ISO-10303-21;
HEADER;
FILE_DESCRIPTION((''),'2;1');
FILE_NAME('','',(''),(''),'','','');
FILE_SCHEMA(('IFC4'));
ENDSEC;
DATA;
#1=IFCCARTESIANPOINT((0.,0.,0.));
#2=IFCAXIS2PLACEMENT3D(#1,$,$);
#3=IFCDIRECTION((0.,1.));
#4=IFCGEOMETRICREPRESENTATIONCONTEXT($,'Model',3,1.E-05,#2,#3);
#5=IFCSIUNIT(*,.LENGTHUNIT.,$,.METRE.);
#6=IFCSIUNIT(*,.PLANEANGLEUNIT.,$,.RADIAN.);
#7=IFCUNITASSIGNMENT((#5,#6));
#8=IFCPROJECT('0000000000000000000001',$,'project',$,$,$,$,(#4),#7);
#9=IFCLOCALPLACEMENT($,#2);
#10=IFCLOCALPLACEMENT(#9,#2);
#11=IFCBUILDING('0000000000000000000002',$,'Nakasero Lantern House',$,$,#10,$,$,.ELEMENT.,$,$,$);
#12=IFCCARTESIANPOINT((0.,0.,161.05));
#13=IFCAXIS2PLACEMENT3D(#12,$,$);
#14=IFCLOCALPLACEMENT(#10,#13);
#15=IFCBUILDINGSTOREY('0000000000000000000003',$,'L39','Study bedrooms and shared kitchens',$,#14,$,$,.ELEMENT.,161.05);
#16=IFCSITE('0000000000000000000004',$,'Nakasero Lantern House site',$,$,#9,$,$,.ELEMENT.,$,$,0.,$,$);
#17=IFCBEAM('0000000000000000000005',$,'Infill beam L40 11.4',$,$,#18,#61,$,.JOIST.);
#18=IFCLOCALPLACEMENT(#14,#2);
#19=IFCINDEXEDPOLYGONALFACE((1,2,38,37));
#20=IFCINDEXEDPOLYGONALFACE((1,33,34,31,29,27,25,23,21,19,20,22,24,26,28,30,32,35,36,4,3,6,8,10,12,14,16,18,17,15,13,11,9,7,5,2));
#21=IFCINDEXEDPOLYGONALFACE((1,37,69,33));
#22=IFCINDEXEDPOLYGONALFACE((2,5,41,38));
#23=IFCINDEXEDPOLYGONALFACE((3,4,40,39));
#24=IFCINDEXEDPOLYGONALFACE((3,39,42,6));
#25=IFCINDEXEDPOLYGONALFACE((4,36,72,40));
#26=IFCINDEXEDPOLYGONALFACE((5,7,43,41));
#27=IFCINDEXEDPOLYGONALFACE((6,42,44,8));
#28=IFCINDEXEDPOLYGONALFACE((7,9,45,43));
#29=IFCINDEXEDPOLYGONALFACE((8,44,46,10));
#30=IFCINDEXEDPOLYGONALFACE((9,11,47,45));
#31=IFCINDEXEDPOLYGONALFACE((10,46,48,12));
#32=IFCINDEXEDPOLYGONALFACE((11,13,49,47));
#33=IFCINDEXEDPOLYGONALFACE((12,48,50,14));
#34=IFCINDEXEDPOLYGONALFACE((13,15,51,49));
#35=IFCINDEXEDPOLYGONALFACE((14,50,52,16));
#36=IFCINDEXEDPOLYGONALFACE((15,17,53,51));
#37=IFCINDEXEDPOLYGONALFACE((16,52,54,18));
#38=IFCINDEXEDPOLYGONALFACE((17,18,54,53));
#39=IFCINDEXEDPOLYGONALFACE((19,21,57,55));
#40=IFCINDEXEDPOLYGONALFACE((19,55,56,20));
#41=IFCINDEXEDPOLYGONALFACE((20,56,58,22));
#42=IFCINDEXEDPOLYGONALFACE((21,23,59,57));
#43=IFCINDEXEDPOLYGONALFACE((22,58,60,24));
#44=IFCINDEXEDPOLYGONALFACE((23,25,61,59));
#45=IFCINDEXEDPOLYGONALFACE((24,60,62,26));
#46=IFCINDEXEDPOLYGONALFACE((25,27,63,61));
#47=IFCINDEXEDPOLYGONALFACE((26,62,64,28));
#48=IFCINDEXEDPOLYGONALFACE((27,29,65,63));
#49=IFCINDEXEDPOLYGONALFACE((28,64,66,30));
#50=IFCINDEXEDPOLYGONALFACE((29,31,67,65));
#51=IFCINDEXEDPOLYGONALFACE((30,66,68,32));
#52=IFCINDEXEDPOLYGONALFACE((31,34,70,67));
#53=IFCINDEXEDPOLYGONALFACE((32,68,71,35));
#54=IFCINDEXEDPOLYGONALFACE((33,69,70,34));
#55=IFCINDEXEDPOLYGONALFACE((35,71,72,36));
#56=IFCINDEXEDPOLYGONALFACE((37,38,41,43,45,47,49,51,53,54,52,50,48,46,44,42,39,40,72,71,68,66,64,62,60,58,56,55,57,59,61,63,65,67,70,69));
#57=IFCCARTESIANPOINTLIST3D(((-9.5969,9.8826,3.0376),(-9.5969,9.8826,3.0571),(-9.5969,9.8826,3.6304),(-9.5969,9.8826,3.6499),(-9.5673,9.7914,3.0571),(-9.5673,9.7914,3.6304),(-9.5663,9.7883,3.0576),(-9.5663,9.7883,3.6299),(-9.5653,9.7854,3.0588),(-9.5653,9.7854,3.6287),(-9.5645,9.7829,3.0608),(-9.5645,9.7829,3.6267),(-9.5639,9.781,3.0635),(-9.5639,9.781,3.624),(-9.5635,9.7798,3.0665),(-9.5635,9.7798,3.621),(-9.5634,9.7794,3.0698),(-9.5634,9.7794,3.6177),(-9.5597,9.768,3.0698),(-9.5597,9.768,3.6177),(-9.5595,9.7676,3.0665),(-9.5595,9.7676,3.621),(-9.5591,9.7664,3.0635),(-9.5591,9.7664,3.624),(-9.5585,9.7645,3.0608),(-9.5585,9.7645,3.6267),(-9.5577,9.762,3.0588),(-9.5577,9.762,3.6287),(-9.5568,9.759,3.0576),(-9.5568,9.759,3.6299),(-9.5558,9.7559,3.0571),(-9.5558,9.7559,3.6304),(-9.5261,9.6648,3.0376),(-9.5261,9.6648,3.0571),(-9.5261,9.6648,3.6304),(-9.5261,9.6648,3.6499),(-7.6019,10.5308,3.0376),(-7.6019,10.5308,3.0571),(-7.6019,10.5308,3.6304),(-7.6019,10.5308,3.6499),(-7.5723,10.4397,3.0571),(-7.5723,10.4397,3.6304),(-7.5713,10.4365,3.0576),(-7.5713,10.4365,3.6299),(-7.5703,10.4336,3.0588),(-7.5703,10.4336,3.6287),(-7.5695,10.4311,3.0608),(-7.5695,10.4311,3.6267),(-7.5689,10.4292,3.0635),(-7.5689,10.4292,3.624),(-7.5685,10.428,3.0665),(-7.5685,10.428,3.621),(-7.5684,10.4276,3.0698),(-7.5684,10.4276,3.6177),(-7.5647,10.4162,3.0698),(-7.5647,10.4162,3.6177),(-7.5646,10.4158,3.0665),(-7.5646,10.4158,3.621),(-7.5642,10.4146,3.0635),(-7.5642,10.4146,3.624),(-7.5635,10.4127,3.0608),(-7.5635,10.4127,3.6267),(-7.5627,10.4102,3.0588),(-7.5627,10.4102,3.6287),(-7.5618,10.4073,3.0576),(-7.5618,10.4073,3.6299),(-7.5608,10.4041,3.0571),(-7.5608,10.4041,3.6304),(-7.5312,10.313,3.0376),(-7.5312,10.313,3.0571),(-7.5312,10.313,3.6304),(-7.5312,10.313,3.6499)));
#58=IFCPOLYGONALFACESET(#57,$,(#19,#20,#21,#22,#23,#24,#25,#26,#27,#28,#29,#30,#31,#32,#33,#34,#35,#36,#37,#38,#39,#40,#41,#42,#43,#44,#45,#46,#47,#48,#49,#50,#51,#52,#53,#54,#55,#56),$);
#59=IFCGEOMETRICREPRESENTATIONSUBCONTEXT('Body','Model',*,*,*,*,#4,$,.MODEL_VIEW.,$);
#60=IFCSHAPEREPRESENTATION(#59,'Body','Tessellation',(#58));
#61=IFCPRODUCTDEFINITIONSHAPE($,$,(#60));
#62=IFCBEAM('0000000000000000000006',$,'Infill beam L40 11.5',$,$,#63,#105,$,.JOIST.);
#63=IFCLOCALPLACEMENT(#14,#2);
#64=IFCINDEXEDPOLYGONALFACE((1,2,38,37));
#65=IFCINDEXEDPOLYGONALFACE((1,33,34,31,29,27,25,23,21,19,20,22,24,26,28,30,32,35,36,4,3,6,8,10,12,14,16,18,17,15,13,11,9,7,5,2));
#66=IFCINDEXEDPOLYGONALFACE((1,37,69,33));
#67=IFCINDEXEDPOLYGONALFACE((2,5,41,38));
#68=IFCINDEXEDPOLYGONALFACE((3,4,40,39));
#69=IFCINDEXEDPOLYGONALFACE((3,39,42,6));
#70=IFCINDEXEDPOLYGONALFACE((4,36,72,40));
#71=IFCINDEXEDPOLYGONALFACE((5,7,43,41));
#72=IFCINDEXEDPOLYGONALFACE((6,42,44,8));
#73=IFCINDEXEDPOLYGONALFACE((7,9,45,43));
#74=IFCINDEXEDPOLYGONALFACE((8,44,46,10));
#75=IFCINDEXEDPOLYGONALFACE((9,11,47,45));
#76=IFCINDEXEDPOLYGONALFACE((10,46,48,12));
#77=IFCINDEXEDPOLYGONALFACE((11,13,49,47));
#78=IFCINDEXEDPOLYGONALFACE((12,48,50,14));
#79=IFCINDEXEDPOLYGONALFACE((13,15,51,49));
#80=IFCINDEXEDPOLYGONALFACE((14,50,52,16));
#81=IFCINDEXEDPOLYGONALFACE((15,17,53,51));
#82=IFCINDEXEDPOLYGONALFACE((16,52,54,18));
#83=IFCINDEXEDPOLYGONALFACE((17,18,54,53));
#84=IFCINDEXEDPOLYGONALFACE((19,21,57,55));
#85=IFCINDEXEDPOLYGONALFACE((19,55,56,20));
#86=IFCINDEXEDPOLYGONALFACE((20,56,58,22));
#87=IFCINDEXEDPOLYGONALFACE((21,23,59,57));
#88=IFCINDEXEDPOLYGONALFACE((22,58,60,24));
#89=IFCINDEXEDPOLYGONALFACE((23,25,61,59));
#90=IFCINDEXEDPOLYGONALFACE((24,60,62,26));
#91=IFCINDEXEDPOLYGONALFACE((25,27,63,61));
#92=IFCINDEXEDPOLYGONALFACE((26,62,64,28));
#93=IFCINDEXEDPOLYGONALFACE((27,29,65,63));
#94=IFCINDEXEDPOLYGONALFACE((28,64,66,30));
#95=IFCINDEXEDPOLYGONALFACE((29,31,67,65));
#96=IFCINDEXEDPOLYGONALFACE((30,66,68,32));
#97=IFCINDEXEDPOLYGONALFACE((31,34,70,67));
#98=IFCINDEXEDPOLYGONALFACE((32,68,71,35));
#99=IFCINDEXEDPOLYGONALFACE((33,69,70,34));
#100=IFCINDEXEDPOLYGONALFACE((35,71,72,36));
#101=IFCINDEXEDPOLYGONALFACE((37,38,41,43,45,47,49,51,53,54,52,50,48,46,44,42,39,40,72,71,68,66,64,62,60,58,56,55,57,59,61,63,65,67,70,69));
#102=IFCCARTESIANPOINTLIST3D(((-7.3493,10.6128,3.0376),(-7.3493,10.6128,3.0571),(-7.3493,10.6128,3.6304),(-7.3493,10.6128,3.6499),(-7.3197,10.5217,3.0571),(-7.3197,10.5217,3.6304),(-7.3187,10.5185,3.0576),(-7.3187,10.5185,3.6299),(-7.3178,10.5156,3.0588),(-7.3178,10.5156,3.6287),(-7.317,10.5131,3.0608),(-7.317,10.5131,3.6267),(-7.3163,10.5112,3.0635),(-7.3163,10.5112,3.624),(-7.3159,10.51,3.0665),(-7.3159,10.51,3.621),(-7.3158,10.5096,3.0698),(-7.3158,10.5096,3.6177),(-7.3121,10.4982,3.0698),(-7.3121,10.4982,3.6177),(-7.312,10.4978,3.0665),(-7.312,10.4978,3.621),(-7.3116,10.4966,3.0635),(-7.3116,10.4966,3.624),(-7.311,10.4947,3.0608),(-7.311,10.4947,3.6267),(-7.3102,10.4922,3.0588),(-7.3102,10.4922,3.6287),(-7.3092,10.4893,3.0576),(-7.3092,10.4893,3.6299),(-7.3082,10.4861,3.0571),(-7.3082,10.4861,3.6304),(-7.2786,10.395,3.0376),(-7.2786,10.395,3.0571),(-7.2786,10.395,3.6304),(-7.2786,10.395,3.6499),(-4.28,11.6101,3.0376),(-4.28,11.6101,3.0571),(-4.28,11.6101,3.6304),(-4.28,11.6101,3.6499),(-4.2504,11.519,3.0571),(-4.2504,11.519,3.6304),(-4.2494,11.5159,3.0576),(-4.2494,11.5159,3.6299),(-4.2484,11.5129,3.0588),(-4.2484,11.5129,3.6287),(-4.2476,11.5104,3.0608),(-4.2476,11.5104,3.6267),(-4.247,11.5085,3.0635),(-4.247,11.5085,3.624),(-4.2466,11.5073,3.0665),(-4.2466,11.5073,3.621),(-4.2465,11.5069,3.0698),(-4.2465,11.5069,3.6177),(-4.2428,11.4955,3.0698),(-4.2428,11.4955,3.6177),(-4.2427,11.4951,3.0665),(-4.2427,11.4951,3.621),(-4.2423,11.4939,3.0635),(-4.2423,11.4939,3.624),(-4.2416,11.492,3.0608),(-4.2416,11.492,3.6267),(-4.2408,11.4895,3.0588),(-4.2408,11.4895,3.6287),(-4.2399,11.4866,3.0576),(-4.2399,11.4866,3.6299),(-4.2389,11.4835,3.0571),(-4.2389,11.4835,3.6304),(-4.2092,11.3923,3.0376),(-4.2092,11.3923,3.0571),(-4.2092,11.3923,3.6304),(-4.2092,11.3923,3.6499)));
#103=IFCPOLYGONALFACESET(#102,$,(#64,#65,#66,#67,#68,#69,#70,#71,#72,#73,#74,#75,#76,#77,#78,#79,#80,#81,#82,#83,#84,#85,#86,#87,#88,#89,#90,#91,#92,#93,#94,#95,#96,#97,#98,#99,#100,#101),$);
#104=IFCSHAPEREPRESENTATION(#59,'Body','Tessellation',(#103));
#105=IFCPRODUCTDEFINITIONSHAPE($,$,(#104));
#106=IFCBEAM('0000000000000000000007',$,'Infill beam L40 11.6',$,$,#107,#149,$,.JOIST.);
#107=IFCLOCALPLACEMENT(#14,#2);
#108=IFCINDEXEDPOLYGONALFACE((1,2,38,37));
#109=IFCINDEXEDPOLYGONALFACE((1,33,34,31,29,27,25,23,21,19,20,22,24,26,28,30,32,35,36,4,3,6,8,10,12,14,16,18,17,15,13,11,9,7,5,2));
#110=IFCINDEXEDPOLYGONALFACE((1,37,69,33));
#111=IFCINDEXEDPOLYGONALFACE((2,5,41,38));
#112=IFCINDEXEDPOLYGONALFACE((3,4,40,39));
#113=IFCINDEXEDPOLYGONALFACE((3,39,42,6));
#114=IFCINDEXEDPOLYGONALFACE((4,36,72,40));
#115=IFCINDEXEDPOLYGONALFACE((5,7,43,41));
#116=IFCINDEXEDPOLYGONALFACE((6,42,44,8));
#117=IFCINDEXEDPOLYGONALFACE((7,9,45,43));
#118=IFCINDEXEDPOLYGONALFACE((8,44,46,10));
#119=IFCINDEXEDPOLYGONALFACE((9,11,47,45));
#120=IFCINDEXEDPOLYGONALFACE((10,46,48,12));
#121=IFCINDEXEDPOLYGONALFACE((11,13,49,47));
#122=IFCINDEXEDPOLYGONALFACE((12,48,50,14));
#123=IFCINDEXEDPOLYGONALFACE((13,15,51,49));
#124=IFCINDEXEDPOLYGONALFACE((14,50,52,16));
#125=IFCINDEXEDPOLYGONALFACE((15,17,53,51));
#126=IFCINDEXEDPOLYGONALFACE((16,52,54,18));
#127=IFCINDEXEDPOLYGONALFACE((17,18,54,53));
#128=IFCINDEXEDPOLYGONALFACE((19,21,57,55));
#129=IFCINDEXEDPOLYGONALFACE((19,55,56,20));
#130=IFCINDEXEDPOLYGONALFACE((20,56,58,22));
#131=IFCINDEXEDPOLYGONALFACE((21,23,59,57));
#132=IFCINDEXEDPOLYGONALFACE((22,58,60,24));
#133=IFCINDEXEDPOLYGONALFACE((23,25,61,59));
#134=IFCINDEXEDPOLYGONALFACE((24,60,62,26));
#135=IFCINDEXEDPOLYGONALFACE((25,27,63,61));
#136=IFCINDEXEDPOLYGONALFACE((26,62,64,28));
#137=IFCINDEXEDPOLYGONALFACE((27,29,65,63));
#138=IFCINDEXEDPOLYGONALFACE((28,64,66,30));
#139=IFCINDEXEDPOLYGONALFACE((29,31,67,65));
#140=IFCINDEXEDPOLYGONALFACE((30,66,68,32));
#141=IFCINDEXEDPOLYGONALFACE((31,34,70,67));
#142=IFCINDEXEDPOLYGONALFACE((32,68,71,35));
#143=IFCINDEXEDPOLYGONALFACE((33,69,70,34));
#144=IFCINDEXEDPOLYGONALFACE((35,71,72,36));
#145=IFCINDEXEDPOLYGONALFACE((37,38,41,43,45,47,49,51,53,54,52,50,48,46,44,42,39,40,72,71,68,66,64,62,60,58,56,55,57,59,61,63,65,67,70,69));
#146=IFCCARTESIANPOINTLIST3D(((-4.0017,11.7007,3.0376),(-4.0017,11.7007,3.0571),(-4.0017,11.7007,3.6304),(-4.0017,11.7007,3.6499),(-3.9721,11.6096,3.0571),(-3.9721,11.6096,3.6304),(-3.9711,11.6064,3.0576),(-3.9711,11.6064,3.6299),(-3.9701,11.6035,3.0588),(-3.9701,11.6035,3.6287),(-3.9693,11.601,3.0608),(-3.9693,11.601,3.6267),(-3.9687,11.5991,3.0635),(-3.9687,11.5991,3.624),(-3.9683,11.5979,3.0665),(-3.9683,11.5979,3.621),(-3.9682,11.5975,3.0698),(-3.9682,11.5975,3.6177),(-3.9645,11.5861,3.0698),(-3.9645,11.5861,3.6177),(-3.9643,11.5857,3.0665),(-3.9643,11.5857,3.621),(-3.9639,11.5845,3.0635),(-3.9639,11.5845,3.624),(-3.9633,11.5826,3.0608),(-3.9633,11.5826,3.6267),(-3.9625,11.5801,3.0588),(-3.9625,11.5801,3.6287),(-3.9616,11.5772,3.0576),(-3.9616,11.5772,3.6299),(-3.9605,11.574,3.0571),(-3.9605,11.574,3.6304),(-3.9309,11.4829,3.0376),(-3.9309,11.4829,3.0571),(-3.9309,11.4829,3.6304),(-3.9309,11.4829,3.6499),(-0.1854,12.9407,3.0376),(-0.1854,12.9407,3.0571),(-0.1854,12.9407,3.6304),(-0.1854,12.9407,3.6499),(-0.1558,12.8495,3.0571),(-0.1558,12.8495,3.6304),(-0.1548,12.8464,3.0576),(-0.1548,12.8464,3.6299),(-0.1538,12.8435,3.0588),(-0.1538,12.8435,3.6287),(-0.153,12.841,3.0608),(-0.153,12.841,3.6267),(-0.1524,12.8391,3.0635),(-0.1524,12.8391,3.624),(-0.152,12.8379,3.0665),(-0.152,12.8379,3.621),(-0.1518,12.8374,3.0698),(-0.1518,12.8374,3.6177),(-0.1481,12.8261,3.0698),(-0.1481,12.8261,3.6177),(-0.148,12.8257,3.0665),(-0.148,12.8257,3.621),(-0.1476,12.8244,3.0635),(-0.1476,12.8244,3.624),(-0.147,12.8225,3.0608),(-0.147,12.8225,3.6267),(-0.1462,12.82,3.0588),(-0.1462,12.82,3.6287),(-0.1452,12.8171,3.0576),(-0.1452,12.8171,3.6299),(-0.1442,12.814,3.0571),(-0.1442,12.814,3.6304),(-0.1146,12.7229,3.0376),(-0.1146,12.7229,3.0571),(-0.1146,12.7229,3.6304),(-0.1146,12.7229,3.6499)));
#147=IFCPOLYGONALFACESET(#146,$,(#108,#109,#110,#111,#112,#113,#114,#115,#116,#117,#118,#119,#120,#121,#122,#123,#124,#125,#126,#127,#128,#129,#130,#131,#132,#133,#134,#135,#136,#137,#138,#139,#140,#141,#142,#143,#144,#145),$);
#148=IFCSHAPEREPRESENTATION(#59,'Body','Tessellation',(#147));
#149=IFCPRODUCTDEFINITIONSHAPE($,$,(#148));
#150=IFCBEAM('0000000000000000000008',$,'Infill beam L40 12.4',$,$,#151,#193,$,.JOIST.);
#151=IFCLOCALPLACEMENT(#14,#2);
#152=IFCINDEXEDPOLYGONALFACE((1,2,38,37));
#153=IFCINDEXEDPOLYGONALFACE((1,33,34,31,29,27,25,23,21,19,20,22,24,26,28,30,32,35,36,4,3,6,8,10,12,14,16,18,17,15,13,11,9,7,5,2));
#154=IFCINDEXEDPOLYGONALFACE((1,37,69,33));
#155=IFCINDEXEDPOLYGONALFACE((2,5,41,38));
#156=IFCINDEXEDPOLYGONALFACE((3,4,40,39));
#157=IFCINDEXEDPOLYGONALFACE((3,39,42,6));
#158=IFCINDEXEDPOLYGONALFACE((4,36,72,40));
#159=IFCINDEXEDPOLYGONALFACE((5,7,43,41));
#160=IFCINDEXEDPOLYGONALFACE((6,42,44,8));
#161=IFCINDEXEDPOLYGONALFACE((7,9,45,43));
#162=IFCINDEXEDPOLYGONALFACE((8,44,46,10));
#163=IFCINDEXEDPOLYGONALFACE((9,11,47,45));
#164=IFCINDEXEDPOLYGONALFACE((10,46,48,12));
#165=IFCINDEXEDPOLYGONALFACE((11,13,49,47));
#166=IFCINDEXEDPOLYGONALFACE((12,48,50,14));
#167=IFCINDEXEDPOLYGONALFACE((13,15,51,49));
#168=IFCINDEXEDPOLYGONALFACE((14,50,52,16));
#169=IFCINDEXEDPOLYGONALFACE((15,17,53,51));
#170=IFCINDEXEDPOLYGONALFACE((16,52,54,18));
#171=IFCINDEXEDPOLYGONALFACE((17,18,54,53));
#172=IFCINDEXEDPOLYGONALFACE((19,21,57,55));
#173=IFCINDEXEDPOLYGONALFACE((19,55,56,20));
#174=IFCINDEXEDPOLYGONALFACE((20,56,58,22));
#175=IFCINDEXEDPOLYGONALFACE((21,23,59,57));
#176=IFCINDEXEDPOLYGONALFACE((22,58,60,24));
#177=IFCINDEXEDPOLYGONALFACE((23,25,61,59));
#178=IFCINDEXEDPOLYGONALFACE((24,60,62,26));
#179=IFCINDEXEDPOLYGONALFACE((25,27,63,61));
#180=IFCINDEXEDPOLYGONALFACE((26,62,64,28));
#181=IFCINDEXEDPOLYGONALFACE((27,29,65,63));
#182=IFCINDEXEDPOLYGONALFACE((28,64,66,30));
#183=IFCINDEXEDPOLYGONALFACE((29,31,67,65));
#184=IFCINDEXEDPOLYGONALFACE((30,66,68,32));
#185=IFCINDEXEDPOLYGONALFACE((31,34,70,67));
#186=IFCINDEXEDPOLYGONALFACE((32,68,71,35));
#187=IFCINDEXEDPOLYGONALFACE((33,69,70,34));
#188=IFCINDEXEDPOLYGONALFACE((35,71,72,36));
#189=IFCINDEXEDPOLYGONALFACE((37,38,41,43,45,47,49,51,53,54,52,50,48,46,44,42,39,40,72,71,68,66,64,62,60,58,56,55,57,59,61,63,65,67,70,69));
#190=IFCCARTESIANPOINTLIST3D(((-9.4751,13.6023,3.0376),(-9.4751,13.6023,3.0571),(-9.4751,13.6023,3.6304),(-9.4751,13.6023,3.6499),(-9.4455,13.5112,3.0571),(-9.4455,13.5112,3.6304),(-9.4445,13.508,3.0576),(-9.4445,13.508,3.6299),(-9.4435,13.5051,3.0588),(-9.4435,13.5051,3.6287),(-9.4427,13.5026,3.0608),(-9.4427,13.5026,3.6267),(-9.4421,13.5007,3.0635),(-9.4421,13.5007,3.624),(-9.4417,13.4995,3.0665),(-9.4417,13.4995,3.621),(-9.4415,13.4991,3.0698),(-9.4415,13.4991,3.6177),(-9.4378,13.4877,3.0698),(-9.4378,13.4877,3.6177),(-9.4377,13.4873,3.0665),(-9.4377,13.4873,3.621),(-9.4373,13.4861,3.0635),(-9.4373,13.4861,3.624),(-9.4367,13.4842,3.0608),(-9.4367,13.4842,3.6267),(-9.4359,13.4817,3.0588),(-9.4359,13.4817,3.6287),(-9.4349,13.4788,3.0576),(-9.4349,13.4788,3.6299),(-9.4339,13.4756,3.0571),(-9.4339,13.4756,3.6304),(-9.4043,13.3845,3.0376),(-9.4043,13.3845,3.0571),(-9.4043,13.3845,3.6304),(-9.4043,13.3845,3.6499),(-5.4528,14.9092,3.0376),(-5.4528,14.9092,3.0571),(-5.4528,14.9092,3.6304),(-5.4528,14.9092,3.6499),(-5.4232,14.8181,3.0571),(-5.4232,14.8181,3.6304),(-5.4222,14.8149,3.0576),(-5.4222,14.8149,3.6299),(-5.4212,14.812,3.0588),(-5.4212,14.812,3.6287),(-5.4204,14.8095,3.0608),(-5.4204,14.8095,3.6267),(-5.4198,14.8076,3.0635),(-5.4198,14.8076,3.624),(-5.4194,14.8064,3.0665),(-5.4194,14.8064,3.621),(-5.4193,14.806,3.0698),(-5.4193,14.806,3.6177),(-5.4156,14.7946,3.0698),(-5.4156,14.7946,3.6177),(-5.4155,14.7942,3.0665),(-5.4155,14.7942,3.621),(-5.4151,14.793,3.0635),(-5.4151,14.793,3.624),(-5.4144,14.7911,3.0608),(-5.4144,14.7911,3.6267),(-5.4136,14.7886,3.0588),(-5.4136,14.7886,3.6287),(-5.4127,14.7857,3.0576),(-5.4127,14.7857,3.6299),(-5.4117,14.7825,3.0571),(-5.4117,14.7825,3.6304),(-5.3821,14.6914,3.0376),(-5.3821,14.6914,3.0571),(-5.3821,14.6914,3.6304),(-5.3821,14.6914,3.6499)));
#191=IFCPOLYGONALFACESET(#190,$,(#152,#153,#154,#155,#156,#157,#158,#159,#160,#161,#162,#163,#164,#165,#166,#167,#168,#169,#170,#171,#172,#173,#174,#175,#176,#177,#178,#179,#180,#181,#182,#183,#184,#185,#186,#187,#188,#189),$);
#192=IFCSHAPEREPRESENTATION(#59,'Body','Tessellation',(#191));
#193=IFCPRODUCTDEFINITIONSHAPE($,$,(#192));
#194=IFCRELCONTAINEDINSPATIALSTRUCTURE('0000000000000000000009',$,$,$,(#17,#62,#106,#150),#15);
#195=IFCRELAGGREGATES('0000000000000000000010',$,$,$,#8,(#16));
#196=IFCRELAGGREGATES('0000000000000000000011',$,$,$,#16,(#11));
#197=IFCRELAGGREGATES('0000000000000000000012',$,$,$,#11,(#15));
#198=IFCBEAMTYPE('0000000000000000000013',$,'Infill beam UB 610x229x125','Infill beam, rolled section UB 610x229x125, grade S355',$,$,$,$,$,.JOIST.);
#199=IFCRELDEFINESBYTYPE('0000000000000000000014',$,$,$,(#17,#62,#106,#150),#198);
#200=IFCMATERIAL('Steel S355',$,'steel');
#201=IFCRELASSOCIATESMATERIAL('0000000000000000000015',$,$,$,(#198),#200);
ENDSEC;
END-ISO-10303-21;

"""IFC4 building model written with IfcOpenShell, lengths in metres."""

from ifc_helpers import new_model, si_unit, direction, frame, origin, origin_2d, place, context, subcontext, project, spatial, i_section, extrude, material, material_profile, profile_set, type_object, element, save


model = new_model("IFC4")

# Units and contexts
model_context = context("Model", 3, precision=1e-05, world=origin(), true_north=direction((0.0, 1.0)))
body_context = subcontext(model_context, "Body", "Model", "MODEL_VIEW")
ifc_project = project(units=[si_unit("LENGTHUNIT", "METRE"), si_unit("PLANEANGLEUNIT", "RADIAN")], contexts=[model_context])

# Site, building, storey
site_placement = place(None, origin())
site = spatial("IfcSite", under=ifc_project, at=site_placement, Name="Nakasero Lantern House site", CompositionType="ELEMENT", RefElevation=0.0)
building_placement = place(site_placement, origin())
building = spatial("IfcBuilding", under=site, at=building_placement, Name="Nakasero Lantern House", CompositionType="ELEMENT")
storey_placement = place(building_placement, frame((0.0, 0.0, 161.05)))
storey = spatial("IfcBuildingStorey", under=building, at=storey_placement, Name="L39", Description="Study bedrooms and shared kitchens", CompositionType="ELEMENT", Elevation=161.05)

# Beams
ifc_material_1 = material(Name="Steel S355", Category="steel")
ifc_material_profile = material_profile(ifc_material_1, i_section(OverallWidth=0.229, OverallDepth=0.6123, WebThickness=0.012, FlangeThickness=0.0195, FilletRadius=0.0127, at=origin_2d()), Name="UB 610x229x125")
ifc_profile_set = profile_set([ifc_material_profile], Name="Steel S355")
beam_type = type_object("IfcBeamType", Name="Infill beam UB 610x229x125", Description="Infill beam, rolled section UB 610x229x125, grade S355", PredefinedType="JOIST", material=ifc_profile_set)
beam_1_placement = place(storey_placement, frame((-9.5615, 9.7737, 3.3438), z_axis=(0.951054, 0.309026, 0.0), x_axis=(-0.309026, 0.951054, 0.0)))
element("IfcBeam", 1, at=beam_1_placement, inside=storey, type_object=beam_type, Name="Infill beam L40 11.4", PredefinedType="JOIST", context=body_context, shape_type="SweptSolid", body=[
    extrude(i_section(OverallWidth=0.229, OverallDepth=0.6123, WebThickness=0.012, FlangeThickness=0.0195, FilletRadius=0.0127, at=origin_2d()), origin(), (0.0, 0.0, 1.0), 2.0977),
])
beam_2_placement = place(storey_placement, frame((-7.314, 10.5039, 3.3438), z_axis=(0.951054, 0.309024, 0.0), x_axis=(-0.309024, 0.951054, 0.0)))
element("IfcBeam", 2, at=beam_2_placement, inside=storey, type_object=beam_type, Name="Infill beam L40 11.5", PredefinedType="JOIST", context=body_context, shape_type="SweptSolid", body=[
    extrude(i_section(OverallWidth=0.229, OverallDepth=0.6123, WebThickness=0.012, FlangeThickness=0.0195, FilletRadius=0.0127, at=origin_2d()), origin(), (0.0, 0.0, 1.0), 3.2273),
])
beam_3_placement = place(storey_placement, frame((-3.9663, 11.5918, 3.3438), z_axis=(0.951059, 0.309009, 0.0), x_axis=(-0.309009, 0.951059, 0.0)))
element("IfcBeam", 3, at=beam_3_placement, inside=storey, type_object=beam_type, Name="Infill beam L40 11.6", PredefinedType="JOIST", context=body_context, shape_type="SweptSolid", body=[
    extrude(i_section(OverallWidth=0.229, OverallDepth=0.6123, WebThickness=0.012, FlangeThickness=0.0195, FilletRadius=0.0127, at=origin_2d()), origin(), (0.0, 0.0, 1.0), 4.0127),
])
beam_4_placement = place(storey_placement, frame((-9.4397, 13.4934, 3.3438), z_axis=(0.951057, 0.309014, 0.0), x_axis=(-0.309014, 0.951057, 0.0)))
element("IfcBeam", 4, at=beam_4_placement, inside=storey, type_object=beam_type, Name="Infill beam L40 12.4", PredefinedType="JOIST", context=body_context, shape_type="SweptSolid", body=[
    extrude(i_section(OverallWidth=0.229, OverallDepth=0.6123, WebThickness=0.012, FlangeThickness=0.0195, FilletRadius=0.0127, at=origin_2d()), origin(), (0.0, 0.0, 1.0), 4.2292),
])

save(model, "model.ifc")
